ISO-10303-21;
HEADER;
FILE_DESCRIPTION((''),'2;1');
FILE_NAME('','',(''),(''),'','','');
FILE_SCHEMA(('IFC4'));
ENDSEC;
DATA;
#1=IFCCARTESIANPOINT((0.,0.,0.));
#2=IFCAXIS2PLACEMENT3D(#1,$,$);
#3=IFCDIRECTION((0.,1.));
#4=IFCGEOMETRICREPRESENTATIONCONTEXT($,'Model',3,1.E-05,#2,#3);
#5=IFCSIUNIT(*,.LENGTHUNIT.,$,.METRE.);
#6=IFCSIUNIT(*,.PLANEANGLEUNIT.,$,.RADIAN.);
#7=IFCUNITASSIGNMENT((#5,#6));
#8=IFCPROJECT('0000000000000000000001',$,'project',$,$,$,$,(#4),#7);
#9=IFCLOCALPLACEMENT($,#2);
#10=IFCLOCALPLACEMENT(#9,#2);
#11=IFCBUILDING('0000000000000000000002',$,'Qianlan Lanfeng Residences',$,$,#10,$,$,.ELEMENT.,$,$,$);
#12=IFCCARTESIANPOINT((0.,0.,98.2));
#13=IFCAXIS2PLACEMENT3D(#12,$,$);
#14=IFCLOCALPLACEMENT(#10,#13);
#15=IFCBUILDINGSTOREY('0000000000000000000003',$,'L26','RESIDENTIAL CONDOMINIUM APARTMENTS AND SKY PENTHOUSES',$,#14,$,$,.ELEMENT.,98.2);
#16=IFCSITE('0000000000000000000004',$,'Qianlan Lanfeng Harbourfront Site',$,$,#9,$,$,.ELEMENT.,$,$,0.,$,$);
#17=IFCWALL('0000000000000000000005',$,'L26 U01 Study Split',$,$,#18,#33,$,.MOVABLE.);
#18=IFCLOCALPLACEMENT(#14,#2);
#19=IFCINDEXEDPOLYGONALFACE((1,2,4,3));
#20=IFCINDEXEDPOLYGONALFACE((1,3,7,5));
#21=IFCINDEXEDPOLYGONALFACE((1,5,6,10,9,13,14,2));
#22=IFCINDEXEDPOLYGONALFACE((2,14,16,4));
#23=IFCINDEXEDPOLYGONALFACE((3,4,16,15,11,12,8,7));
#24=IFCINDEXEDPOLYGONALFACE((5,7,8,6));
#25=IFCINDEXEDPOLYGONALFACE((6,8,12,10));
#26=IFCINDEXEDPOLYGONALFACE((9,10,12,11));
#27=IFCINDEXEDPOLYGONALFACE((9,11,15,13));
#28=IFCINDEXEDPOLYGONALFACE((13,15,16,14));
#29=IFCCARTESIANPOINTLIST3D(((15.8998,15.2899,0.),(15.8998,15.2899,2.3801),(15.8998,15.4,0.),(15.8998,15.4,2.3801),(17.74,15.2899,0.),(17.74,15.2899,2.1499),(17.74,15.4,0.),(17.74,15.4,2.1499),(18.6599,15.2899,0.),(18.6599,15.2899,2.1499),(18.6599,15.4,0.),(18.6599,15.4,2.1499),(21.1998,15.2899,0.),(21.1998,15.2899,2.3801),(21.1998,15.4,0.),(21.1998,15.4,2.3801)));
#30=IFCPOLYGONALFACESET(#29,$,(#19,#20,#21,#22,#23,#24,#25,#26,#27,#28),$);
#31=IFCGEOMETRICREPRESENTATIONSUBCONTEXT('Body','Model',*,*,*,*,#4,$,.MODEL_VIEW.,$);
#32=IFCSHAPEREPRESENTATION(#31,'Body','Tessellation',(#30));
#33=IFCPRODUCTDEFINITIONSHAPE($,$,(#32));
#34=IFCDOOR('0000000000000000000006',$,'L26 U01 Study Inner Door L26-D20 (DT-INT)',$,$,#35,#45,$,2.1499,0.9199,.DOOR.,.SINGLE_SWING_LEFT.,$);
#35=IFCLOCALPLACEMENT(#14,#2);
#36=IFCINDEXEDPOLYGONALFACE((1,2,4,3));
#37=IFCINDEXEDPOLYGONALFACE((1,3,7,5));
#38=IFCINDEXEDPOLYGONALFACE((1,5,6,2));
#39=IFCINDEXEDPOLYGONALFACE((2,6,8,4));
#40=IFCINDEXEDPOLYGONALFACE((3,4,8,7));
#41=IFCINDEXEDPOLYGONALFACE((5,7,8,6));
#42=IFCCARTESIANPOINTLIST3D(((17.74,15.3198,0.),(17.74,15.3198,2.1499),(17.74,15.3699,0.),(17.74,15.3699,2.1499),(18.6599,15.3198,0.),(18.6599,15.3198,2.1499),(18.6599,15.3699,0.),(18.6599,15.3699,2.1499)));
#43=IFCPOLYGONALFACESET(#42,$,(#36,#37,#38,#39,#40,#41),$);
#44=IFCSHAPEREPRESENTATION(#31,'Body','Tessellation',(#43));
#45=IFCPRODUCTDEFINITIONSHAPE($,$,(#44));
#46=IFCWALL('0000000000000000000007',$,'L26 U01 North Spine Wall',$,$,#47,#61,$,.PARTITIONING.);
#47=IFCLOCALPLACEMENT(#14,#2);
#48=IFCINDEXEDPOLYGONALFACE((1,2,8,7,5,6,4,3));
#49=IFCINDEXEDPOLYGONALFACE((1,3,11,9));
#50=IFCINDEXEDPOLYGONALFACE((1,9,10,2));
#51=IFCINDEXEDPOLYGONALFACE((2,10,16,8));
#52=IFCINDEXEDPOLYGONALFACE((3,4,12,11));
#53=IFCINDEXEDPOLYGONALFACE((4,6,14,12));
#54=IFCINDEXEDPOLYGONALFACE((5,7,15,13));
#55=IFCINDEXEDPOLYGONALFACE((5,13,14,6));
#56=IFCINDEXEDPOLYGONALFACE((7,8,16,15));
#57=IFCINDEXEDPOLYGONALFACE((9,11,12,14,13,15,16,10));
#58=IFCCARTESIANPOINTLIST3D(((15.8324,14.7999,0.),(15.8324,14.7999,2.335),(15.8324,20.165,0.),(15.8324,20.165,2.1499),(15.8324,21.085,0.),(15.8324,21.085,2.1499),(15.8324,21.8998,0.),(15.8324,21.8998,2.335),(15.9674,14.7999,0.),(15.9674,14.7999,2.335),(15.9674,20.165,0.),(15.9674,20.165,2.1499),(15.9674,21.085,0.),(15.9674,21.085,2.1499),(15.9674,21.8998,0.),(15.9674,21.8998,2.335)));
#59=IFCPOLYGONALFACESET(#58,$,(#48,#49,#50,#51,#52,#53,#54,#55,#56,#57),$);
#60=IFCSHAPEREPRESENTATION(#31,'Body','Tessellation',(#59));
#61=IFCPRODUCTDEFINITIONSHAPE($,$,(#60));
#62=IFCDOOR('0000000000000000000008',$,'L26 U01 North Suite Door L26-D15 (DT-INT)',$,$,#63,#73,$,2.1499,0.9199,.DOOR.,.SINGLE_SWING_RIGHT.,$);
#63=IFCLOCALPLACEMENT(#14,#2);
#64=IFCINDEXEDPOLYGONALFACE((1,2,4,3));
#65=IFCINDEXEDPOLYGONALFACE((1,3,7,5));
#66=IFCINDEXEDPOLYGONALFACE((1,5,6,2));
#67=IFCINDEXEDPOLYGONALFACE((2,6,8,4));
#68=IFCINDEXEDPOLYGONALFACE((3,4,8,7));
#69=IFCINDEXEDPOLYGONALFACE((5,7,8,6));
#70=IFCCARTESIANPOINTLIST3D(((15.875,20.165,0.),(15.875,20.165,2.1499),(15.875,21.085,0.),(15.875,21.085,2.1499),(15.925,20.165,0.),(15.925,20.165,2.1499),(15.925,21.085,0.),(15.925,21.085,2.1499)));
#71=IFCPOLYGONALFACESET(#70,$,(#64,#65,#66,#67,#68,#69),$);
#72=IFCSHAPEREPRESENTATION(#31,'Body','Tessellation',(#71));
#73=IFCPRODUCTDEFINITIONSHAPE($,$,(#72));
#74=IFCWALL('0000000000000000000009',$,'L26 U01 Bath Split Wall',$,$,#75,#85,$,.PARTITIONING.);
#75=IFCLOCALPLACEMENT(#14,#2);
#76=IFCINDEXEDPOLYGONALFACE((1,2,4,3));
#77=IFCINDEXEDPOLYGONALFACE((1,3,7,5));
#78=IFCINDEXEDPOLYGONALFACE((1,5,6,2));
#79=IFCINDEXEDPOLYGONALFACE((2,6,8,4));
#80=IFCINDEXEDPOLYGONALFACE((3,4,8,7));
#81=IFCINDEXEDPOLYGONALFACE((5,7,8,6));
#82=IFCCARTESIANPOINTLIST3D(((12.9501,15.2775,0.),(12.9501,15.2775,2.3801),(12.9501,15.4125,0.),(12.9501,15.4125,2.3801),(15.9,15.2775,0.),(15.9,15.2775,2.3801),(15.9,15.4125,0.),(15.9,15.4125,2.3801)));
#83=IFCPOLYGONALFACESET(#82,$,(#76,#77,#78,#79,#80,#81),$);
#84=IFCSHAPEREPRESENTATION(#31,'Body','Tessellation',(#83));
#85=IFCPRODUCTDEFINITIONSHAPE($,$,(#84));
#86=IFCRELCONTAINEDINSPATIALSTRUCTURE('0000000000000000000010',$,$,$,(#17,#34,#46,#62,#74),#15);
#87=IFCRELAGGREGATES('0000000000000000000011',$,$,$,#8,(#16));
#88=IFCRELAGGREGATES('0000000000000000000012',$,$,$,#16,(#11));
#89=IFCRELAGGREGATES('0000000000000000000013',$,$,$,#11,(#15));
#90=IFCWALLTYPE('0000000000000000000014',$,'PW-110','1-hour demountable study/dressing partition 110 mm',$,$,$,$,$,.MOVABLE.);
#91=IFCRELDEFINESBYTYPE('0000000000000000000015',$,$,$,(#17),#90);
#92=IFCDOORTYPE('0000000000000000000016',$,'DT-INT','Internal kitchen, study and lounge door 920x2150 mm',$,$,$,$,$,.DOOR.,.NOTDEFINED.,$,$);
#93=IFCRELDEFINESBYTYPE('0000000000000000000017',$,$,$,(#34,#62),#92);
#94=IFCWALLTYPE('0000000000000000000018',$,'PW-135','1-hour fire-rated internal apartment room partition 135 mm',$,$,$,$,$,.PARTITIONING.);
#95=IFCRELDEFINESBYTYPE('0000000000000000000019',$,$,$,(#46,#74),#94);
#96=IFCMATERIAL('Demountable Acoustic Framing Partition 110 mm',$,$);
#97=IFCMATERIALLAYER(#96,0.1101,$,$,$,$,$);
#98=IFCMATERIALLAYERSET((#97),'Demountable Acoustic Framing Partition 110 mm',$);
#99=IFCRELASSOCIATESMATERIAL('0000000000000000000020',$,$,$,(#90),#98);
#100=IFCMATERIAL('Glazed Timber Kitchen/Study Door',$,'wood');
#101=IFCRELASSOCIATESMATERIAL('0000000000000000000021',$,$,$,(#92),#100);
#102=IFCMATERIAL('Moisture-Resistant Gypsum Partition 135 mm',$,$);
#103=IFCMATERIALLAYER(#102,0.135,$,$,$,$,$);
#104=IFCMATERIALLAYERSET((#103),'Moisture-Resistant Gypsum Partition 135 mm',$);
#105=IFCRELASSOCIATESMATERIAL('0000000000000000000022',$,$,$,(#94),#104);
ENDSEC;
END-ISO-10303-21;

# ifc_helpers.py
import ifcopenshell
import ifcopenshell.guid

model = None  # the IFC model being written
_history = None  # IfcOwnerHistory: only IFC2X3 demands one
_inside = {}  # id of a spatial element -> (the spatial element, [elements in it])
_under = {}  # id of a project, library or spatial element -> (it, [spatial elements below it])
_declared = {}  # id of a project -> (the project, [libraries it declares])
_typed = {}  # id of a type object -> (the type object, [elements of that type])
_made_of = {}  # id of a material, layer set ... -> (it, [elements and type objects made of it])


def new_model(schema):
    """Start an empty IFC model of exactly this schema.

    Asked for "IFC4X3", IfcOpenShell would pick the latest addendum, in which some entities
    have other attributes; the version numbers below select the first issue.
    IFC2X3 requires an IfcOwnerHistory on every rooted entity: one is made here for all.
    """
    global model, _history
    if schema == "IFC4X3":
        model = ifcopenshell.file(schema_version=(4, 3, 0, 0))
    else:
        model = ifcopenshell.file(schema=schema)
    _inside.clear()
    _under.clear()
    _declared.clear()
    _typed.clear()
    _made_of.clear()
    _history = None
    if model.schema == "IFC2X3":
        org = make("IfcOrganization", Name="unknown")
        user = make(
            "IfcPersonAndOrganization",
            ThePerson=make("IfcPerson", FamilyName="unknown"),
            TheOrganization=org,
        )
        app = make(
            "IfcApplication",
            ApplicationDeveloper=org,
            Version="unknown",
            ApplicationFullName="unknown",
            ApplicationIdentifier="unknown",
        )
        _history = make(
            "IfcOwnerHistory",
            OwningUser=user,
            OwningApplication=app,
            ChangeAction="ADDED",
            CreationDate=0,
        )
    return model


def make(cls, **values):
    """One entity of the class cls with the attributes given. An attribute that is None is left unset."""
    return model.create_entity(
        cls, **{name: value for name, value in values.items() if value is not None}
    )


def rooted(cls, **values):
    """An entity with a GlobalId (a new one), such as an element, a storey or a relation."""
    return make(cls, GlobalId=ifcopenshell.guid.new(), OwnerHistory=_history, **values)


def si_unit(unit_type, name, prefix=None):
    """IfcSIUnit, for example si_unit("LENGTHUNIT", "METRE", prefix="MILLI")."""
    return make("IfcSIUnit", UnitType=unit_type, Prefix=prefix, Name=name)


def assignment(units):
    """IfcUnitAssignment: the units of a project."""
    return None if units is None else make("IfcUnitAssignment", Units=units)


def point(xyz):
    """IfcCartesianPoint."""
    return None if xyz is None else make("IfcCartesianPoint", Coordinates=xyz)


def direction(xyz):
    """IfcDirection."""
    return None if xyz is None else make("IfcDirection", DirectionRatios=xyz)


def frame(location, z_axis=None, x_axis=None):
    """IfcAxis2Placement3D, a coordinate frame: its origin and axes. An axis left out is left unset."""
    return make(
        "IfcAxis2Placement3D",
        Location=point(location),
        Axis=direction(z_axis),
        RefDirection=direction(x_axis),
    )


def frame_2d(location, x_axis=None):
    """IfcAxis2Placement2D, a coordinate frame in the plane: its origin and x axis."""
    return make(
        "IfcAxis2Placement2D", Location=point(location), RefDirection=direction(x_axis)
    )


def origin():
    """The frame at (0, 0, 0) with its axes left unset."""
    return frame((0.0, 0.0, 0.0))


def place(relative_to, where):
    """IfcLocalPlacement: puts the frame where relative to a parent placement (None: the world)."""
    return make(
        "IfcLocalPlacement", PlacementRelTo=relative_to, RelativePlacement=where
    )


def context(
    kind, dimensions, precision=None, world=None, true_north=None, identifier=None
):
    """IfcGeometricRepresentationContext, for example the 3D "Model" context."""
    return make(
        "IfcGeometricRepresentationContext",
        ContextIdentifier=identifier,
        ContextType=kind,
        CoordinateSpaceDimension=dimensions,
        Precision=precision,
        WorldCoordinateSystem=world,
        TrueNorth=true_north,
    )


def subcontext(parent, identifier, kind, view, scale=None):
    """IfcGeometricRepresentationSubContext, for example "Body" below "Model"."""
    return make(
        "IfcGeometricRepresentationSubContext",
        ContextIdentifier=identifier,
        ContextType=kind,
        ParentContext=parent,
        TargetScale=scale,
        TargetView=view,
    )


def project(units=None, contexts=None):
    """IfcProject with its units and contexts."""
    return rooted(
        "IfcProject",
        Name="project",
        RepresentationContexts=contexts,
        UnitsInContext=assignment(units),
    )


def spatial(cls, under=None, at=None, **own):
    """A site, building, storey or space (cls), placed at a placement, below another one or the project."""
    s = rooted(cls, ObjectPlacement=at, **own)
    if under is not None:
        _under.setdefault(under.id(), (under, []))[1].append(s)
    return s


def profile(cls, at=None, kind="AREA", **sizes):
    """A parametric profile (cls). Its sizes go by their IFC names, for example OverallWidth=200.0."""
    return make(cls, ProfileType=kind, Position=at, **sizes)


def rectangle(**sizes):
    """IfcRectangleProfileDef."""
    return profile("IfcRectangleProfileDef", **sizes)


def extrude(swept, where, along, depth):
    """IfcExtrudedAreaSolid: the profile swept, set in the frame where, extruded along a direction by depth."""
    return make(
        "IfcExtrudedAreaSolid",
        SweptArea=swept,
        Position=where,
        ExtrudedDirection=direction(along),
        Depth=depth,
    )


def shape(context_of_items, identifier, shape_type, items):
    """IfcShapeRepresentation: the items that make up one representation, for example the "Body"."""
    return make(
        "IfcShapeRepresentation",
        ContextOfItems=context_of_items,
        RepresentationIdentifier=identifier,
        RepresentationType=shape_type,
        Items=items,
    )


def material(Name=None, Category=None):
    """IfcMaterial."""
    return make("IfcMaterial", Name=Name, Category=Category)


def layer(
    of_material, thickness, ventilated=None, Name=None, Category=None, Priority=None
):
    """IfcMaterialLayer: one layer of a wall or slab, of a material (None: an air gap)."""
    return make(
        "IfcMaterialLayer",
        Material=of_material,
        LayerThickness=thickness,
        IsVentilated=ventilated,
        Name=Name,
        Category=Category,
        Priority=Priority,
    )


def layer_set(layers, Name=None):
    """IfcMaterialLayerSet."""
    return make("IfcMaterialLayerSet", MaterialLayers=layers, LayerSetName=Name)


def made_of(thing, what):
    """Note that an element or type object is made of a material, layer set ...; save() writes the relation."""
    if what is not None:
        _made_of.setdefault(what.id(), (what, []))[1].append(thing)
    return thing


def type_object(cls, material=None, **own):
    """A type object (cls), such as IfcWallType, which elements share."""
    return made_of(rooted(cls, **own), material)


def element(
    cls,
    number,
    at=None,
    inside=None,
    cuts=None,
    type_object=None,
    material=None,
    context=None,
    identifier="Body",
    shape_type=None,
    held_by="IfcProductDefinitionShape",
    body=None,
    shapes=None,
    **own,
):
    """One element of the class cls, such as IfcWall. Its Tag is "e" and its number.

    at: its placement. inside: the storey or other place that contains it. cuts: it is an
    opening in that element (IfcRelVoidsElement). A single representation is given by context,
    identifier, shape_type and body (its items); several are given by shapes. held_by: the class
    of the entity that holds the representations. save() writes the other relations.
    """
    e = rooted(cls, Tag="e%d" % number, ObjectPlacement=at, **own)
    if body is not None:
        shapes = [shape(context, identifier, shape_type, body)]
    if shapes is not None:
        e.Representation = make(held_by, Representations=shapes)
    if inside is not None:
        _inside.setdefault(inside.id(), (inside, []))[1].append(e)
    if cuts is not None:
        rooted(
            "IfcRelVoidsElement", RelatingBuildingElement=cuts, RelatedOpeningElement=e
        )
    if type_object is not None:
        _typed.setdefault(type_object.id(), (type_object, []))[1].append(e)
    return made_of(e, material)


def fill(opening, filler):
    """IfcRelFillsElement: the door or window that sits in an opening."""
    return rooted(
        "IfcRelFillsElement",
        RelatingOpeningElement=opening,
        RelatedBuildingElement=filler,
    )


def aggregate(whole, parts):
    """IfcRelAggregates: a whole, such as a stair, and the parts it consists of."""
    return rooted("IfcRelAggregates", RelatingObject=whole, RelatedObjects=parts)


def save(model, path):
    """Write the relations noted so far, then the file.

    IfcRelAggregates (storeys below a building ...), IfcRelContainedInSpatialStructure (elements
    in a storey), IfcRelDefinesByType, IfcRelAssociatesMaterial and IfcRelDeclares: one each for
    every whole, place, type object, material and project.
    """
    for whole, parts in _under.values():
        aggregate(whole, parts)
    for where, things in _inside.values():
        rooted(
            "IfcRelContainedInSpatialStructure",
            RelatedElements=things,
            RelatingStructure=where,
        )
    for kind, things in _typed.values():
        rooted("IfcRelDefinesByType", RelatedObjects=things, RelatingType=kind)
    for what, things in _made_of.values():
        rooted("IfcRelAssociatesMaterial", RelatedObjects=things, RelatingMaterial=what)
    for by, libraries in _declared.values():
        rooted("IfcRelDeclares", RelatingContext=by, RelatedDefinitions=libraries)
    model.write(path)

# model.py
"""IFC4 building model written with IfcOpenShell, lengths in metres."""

from ifc_helpers import new_model, si_unit, direction, frame, frame_2d, origin, place, context, subcontext, project, spatial, rectangle, extrude, material, layer, layer_set, type_object, element, fill, save


model = new_model("IFC4")

# Units and contexts
model_context = context("Model", 3, precision=1e-05, world=origin(), true_north=direction((0.0, 1.0)))
body_context = subcontext(model_context, "Body", "Model", "MODEL_VIEW")
ifc_project = project(units=[si_unit("LENGTHUNIT", "METRE"), si_unit("PLANEANGLEUNIT", "RADIAN")], contexts=[model_context])

# Site, building, storey
site_placement = place(None, origin())
site = spatial("IfcSite", under=ifc_project, at=site_placement, Name="Qianlan Lanfeng Harbourfront Site", CompositionType="ELEMENT", RefElevation=0.0)
building_placement = place(site_placement, origin())
building = spatial("IfcBuilding", under=site, at=building_placement, Name="Qianlan Lanfeng Residences", CompositionType="ELEMENT")
storey_placement = place(building_placement, frame((0.0, 0.0, 98.2)))
storey = spatial("IfcBuildingStorey", under=building, at=storey_placement, Name="L26", Description="RESIDENTIAL CONDOMINIUM APARTMENTS AND SKY PENTHOUSES", CompositionType="ELEMENT", Elevation=98.2)

# Walls, openings, doors
ifc_material_1 = material(Name="Demountable Acoustic Framing Partition 110 mm")
ifc_layer_1 = layer(ifc_material_1, 0.1101)
ifc_layer_set_1 = layer_set([ifc_layer_1], Name="Demountable Acoustic Framing Partition 110 mm")
wall_type_1 = type_object("IfcWallType", Name="PW-110", Description="1-hour demountable study/dressing partition 110 mm", PredefinedType="MOVABLE", material=ifc_layer_set_1)
wall_1_placement = place(storey_placement, frame((15.8999, 15.345, 0.0), z_axis=(0.0, 0.0, 1.0), x_axis=(1.0, 0.0, 0.0)))
wall_1 = element("IfcWall", 1, at=wall_1_placement, inside=storey, type_object=wall_type_1, Name="L26 U01 Study Split", PredefinedType="MOVABLE", context=body_context, shape_type="SweptSolid", body=[
    extrude(rectangle(XDim=5.3, YDim=0.1101, at=frame_2d((2.6499, 0.0))), origin(), (0.0, 0.0, 1.0), 2.3801),
])
opening_1_placement = place(wall_1_placement, frame((1.8401, 0.0, 0.0)))
opening_1 = element("IfcOpeningElement", 2, at=opening_1_placement, cuts=wall_1, PredefinedType="OPENING", context=body_context, shape_type="SweptSolid", body=[
    extrude(rectangle(XDim=0.9199, YDim=2.1499, at=frame_2d((0.46, 1.075))), frame((0.0, 0.0649, 0.0), z_axis=(0.0, -1.0, 0.0), x_axis=(1.0, 0.0, 0.0)), (0.0, 0.0, 1.0), 0.1301),
])
ifc_material_2 = material(Name="Glazed Timber Kitchen/Study Door", Category="wood")
door_type = type_object("IfcDoorType", Name="DT-INT", Description="Internal kitchen, study and lounge door 920x2150 mm", OperationType="NOTDEFINED", PredefinedType="DOOR", material=ifc_material_2)
door_1_placement = place(opening_1_placement, origin())
door_1 = element("IfcDoor", 3, at=door_1_placement, inside=storey, type_object=door_type, Name="L26 U01 Study Inner Door L26-D20 (DT-INT)", OperationType="SINGLE_SWING_LEFT", OverallHeight=2.1499, OverallWidth=0.9199, PredefinedType="DOOR", context=body_context, shape_type="SweptSolid", body=[
    extrude(rectangle(XDim=0.9199, YDim=2.1499, at=frame_2d((0.46, 1.075))), frame((0.0, 0.0249, 0.0), z_axis=(0.0, -1.0, 0.0), x_axis=(1.0, 0.0, 0.0)), (0.0, 0.0, 1.0), 0.05),
])
fill(opening_1, door_1)
ifc_material_3 = material(Name="Moisture-Resistant Gypsum Partition 135 mm")
ifc_layer_2 = layer(ifc_material_3, 0.135)
ifc_layer_set_2 = layer_set([ifc_layer_2], Name="Moisture-Resistant Gypsum Partition 135 mm")
wall_type_2 = type_object("IfcWallType", Name="PW-135", Description="1-hour fire-rated internal apartment room partition 135 mm", PredefinedType="PARTITIONING", material=ifc_layer_set_2)
wall_2_placement = place(storey_placement, frame((15.8999, 14.8, 0.0), z_axis=(0.0, 0.0, 1.0), x_axis=(0.0, 1.0, 0.0)))
wall_2 = element("IfcWall", 4, at=wall_2_placement, inside=storey, type_object=wall_type_2, Name="L26 U01 North Spine Wall", PredefinedType="PARTITIONING", context=body_context, shape_type="SweptSolid", body=[
    extrude(rectangle(XDim=7.0999, YDim=0.135, at=frame_2d((3.5498, 0.0))), origin(), (0.0, 0.0, 1.0), 2.335),
])
opening_2_placement = place(wall_2_placement, frame((5.365, 0.0, 0.0)))
opening_2 = element("IfcOpeningElement", 5, at=opening_2_placement, cuts=wall_2, PredefinedType="OPENING", context=body_context, shape_type="SweptSolid", body=[
    extrude(rectangle(XDim=0.9199, YDim=2.1499, at=frame_2d((0.46, 1.075))), frame((0.0, 0.0776, 0.0), z_axis=(0.0, -1.0, 0.0), x_axis=(1.0, 0.0, 0.0)), (0.0, 0.0, 1.0), 0.155),
])
door_2_placement = place(opening_2_placement, origin())
door_2 = element("IfcDoor", 6, at=door_2_placement, inside=storey, type_object=door_type, Name="L26 U01 North Suite Door L26-D15 (DT-INT)", OperationType="SINGLE_SWING_RIGHT", OverallHeight=2.1499, OverallWidth=0.9199, PredefinedType="DOOR", context=body_context, shape_type="SweptSolid", body=[
    extrude(rectangle(XDim=0.9199, YDim=2.1499, at=frame_2d((0.46, 1.075))), frame((0.0, 0.0249, 0.0), z_axis=(0.0, -1.0, 0.0), x_axis=(1.0, 0.0, 0.0)), (0.0, 0.0, 1.0), 0.05),
])
fill(opening_2, door_2)

# Wall
wall_3_placement = place(storey_placement, frame((12.95, 15.345, 0.0), z_axis=(0.0, 0.0, 1.0), x_axis=(1.0, 0.0, 0.0)))
element("IfcWall", 7, at=wall_3_placement, inside=storey, type_object=wall_type_2, Name="L26 U01 Bath Split Wall", PredefinedType="PARTITIONING", context=body_context, shape_type="SweptSolid", body=[
    extrude(rectangle(XDim=2.95, YDim=0.135, at=frame_2d((1.4751, 0.0))), origin(), (0.0, 0.0, 1.0), 2.3801),
])

save(model, "model.ifc")
